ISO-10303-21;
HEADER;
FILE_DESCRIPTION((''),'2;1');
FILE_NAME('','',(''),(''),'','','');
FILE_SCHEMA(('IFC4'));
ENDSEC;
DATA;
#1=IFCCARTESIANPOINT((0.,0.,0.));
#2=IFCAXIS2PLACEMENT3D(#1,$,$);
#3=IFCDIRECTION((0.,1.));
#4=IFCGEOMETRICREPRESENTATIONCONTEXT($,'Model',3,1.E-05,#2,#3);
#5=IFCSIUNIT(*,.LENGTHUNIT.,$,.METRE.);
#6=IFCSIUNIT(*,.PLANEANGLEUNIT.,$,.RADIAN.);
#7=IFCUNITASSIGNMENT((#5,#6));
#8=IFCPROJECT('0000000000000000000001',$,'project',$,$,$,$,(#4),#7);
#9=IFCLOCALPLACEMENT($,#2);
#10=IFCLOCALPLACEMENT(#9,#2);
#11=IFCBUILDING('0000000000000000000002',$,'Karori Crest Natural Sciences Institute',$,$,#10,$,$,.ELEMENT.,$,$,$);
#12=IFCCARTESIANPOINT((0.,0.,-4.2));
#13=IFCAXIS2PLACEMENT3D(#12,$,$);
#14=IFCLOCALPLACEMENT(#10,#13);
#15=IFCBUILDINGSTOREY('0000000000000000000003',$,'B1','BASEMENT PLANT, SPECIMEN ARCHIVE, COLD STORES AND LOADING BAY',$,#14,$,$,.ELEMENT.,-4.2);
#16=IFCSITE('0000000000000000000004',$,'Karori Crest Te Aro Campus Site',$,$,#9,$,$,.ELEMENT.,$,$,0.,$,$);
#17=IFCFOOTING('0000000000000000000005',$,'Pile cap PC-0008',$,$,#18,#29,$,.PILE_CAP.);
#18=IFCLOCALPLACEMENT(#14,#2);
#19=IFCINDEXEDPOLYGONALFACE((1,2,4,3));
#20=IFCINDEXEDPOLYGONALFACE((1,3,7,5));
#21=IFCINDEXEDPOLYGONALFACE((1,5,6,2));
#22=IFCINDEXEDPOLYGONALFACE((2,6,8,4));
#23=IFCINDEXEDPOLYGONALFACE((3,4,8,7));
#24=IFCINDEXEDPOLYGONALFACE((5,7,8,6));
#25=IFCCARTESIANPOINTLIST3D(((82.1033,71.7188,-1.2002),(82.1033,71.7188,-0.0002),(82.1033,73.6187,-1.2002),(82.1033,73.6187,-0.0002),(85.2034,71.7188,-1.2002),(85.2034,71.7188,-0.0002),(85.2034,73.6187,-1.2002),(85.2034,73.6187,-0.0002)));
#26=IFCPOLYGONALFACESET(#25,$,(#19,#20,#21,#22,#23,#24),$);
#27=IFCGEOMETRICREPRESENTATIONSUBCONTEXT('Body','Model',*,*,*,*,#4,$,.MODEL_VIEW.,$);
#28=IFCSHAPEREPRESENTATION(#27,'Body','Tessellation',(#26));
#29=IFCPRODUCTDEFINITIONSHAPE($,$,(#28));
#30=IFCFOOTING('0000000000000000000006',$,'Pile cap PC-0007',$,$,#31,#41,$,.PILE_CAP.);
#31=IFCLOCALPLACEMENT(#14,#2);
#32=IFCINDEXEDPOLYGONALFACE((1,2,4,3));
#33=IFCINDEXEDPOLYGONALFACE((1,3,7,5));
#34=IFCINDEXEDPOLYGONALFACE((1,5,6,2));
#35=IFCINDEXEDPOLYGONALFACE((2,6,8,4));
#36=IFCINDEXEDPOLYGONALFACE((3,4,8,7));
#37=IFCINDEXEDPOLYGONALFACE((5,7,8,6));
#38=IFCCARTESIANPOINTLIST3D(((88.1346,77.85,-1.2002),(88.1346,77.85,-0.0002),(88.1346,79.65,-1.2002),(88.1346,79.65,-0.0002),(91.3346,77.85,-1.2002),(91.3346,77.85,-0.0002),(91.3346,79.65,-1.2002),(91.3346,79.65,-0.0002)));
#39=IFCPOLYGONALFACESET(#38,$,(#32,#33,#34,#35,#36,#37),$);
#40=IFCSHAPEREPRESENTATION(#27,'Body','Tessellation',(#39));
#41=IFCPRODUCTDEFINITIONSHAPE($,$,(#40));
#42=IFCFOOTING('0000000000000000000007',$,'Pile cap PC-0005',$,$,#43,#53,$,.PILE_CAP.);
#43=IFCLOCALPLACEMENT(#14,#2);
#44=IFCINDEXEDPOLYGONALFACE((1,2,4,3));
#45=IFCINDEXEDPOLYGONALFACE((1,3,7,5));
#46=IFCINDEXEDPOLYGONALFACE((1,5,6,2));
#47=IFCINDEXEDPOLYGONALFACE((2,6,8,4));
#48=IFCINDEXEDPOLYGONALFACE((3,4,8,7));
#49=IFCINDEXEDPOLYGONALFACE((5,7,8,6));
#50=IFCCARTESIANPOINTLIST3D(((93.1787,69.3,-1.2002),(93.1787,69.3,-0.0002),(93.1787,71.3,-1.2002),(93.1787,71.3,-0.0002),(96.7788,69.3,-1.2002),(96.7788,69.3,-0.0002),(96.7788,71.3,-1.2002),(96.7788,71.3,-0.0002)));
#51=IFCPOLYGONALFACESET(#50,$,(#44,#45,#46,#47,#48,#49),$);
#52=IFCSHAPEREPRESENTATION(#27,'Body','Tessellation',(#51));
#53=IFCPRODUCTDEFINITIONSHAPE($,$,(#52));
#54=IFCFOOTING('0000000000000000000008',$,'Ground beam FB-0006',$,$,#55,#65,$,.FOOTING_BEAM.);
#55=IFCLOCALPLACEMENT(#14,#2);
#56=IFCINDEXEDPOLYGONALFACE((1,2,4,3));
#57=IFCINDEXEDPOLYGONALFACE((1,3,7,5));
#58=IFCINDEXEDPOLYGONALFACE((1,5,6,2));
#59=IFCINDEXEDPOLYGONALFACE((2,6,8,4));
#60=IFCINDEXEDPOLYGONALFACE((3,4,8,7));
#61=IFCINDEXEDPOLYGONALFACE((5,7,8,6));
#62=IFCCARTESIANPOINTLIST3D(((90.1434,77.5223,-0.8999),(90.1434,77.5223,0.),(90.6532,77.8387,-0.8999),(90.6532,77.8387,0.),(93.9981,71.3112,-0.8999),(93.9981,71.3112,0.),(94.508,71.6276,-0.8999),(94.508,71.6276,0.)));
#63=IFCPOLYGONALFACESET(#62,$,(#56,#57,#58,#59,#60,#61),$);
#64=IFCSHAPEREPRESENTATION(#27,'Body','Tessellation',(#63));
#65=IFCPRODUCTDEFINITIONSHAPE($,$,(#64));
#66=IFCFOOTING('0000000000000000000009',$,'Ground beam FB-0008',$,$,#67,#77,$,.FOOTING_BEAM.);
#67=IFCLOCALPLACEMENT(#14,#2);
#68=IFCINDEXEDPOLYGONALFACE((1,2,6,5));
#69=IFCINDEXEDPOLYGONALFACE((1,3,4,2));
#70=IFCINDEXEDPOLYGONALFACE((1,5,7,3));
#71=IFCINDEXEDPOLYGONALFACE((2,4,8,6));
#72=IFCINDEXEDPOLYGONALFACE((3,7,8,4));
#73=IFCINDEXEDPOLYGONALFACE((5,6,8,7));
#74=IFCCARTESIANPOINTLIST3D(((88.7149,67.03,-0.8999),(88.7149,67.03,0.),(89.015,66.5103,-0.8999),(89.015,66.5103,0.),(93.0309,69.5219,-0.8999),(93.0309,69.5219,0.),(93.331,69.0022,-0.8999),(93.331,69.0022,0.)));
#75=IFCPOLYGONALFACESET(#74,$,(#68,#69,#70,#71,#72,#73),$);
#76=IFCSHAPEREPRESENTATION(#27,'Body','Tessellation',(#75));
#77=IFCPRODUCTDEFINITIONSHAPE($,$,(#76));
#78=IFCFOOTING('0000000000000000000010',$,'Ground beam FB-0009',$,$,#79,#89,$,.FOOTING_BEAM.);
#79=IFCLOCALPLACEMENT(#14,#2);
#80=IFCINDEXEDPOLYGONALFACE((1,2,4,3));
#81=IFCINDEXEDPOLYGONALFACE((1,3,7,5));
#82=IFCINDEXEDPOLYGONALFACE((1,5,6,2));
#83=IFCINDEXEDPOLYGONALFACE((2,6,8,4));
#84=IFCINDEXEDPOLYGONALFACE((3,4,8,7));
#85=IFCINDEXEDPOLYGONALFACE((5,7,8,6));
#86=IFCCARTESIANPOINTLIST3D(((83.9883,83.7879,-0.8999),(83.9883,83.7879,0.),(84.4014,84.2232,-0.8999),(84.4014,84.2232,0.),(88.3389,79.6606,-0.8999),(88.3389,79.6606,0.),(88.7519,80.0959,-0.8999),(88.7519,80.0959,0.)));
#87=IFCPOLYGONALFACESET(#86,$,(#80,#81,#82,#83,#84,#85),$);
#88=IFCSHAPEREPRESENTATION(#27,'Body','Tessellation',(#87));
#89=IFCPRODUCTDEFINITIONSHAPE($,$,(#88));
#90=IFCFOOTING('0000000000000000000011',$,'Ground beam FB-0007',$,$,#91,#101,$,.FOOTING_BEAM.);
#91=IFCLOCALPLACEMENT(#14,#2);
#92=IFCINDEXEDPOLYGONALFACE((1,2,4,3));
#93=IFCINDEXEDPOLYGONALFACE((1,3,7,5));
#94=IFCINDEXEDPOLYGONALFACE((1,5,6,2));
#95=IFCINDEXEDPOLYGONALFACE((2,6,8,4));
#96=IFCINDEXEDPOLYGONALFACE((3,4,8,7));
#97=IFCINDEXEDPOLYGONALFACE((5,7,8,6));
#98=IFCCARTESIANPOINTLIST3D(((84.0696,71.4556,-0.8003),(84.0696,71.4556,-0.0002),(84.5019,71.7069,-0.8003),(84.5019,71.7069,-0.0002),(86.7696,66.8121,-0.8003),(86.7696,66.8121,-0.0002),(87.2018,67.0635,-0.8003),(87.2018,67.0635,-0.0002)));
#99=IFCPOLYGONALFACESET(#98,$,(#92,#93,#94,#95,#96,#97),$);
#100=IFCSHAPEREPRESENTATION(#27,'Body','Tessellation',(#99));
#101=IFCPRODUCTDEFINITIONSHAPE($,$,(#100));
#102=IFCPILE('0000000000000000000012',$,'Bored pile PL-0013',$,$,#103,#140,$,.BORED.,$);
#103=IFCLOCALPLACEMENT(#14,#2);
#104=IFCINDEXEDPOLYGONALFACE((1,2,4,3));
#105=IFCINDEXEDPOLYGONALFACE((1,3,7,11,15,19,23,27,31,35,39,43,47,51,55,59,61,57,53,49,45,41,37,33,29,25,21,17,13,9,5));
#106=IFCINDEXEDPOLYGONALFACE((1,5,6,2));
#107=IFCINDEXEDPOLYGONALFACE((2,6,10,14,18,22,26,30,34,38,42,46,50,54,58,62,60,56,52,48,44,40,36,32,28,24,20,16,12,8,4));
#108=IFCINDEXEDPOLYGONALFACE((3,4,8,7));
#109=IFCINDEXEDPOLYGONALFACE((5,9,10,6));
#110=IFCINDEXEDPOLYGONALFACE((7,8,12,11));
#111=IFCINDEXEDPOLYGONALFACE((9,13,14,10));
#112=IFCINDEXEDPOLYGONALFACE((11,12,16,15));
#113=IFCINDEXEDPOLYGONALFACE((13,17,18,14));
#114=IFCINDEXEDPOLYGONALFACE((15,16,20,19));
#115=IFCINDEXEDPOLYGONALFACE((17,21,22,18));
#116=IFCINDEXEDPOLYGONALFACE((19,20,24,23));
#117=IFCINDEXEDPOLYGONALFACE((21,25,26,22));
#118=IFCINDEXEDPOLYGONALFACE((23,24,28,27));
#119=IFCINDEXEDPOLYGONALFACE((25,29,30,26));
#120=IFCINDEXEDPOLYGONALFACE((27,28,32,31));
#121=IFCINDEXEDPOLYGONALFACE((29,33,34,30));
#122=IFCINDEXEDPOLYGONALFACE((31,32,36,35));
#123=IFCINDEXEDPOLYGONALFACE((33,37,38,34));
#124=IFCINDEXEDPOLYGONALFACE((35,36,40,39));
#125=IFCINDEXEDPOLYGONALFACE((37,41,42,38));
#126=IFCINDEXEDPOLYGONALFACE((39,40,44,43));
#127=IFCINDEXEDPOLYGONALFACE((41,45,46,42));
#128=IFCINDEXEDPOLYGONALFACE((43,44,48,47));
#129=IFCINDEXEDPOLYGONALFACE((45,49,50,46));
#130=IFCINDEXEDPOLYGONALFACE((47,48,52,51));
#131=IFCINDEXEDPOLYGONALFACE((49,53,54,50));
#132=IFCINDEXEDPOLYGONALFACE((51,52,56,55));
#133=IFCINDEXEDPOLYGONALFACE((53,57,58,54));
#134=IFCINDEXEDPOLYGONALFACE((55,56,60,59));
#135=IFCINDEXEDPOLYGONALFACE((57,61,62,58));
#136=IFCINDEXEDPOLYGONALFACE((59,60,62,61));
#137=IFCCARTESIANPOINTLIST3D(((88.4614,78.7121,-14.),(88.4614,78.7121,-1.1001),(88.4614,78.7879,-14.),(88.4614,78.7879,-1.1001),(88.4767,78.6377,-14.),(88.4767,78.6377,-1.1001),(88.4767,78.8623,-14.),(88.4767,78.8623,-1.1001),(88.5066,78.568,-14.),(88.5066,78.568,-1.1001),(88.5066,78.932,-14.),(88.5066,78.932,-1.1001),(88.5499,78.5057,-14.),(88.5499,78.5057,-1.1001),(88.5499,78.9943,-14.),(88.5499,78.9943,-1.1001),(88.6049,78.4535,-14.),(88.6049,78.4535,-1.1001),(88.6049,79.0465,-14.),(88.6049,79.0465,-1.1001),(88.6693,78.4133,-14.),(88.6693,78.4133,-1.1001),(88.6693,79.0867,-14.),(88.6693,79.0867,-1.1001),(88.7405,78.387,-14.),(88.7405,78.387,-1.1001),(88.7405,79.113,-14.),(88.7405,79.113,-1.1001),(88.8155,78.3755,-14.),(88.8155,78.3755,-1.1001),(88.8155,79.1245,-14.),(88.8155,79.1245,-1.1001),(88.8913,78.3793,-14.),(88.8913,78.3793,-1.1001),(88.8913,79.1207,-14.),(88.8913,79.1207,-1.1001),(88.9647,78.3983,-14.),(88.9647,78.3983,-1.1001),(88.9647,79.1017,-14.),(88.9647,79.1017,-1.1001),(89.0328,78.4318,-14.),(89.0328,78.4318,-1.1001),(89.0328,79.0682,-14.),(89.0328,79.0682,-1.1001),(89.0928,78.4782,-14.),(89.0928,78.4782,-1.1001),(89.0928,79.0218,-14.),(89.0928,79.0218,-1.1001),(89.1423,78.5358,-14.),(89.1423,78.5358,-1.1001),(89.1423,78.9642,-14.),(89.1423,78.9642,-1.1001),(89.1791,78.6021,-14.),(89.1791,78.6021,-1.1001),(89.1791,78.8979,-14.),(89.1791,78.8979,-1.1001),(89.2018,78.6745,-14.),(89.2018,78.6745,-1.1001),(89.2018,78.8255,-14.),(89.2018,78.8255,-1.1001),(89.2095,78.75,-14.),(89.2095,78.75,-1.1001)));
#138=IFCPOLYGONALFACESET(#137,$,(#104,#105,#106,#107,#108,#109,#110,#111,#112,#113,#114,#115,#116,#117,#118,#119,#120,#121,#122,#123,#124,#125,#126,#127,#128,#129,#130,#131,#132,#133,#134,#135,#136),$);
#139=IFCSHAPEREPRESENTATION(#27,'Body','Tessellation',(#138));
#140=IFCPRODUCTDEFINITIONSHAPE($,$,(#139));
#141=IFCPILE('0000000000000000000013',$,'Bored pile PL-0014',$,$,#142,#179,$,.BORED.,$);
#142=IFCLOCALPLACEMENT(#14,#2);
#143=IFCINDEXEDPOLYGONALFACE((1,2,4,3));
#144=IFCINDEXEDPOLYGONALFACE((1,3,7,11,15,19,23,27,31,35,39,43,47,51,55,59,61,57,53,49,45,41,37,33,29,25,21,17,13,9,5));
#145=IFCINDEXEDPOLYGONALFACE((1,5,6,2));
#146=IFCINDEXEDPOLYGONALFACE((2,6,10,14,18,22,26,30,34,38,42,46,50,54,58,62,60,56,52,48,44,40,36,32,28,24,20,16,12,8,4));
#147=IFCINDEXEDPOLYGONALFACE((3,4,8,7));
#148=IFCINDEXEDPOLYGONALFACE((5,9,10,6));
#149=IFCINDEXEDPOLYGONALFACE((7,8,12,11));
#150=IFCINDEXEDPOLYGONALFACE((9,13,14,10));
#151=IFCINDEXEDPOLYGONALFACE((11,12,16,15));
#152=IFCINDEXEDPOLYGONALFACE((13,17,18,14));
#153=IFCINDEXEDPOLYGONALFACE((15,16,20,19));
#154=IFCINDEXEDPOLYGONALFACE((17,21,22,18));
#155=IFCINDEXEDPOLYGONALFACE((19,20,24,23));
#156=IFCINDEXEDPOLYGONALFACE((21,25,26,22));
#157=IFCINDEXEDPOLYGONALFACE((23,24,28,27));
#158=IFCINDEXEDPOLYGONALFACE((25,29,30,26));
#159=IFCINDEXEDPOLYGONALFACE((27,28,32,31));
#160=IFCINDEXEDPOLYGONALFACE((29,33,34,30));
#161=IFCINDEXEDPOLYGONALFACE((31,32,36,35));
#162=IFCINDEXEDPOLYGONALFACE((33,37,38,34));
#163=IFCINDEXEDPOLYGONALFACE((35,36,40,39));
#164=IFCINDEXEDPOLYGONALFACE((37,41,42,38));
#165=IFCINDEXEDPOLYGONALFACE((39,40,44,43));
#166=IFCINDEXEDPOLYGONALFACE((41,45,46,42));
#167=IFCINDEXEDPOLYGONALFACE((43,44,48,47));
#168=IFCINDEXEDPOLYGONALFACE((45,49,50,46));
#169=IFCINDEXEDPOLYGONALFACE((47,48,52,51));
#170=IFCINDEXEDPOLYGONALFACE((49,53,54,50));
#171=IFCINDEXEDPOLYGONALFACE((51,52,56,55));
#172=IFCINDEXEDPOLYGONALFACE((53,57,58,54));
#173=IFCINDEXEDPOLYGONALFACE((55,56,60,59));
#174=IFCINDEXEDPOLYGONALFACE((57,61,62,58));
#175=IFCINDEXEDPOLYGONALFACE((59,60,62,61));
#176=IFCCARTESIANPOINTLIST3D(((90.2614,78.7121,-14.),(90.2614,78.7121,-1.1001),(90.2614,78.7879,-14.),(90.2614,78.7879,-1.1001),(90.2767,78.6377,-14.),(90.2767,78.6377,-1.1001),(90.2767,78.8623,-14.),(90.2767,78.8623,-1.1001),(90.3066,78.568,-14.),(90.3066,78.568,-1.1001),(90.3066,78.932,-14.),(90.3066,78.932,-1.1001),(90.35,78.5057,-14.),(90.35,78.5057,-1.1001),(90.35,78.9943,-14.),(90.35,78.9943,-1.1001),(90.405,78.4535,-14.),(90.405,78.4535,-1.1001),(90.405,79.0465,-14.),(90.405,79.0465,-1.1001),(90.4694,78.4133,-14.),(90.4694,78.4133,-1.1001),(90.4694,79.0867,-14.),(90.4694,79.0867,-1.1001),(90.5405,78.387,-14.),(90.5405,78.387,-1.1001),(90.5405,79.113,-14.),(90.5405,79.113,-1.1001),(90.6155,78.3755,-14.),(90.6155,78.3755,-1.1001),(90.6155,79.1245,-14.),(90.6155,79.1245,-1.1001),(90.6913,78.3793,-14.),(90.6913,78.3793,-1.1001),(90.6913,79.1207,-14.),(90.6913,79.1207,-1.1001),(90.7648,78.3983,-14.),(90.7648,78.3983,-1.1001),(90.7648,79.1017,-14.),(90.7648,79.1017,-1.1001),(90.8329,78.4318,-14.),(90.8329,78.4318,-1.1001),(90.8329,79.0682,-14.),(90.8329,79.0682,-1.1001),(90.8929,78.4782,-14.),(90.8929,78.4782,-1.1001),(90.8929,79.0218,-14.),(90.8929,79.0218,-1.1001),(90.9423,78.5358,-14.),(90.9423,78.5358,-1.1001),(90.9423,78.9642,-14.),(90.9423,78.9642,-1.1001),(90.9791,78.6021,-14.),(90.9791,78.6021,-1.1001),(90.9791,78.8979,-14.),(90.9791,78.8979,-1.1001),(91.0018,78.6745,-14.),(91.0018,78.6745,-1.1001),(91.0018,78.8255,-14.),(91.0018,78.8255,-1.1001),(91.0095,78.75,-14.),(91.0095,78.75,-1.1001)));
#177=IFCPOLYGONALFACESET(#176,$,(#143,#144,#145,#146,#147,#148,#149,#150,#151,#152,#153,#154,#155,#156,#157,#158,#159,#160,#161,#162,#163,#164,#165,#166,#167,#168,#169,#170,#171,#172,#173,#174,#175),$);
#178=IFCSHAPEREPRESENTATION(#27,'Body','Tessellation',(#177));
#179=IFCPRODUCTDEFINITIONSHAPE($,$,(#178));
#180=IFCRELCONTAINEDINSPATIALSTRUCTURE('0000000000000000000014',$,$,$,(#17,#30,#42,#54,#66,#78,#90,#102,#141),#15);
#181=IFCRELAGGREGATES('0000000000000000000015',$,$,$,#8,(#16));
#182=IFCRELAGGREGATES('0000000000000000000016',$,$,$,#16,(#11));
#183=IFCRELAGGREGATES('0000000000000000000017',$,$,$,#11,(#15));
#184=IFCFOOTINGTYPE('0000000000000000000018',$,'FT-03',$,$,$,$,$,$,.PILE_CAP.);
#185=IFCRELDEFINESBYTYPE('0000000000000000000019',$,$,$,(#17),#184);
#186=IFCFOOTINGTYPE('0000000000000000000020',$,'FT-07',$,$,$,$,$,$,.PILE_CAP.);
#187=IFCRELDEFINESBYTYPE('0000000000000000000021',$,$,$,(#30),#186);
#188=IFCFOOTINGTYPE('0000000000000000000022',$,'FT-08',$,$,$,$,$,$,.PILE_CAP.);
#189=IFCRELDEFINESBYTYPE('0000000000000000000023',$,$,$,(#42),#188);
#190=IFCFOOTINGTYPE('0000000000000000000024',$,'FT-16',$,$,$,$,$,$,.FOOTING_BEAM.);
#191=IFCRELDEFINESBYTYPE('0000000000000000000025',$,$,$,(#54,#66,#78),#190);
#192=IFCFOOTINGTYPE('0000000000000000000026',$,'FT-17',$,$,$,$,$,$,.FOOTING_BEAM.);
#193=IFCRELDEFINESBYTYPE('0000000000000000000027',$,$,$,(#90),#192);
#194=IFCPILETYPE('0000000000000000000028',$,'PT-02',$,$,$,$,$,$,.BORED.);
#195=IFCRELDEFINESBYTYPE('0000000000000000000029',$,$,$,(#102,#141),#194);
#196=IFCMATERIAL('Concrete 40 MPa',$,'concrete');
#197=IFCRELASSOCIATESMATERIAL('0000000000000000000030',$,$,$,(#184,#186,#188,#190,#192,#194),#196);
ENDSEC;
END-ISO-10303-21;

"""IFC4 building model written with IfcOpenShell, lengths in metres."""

from ifc_helpers import new_model, si_unit, direction, frame, origin, origin_2d, place, context, subcontext, project, spatial, rectangle, circle, extrude, material, material_profile, profile_set, type_object, element, save


model = new_model("IFC4")

# Units and contexts
model_context = context("Model", 3, precision=1e-05, world=origin(), true_north=direction((0.0, 1.0)))
body_context = subcontext(model_context, "Body", "Model", "MODEL_VIEW")
ifc_project = project(units=[si_unit("LENGTHUNIT", "METRE"), si_unit("PLANEANGLEUNIT", "RADIAN")], contexts=[model_context])

# Site, building, storey
site_placement = place(None, origin())
site = spatial("IfcSite", under=ifc_project, at=site_placement, Name="Karori Crest Te Aro Campus Site", CompositionType="ELEMENT", RefElevation=0.0)
building_placement = place(site_placement, origin())
building = spatial("IfcBuilding", under=site, at=building_placement, Name="Karori Crest Natural Sciences Institute", CompositionType="ELEMENT")
storey_placement = place(building_placement, frame((0.0, 0.0, -4.2)))
storey = spatial("IfcBuildingStorey", under=building, at=storey_placement, Name="B1", Description="BASEMENT PLANT, SPECIMEN ARCHIVE, COLD STORES AND LOADING BAY", CompositionType="ELEMENT", Elevation=-4.2)

# Footings
ifc_material_1 = material(Name="Concrete 40 MPa", Category="concrete")
footing_type_1 = type_object("IfcFootingType", Name="FT-03", PredefinedType="PILE_CAP", material=ifc_material_1)
footing_1_placement = place(storey_placement, frame((83.6533, 72.6687, -1.2002), z_axis=(0.0, 0.0, 1.0), x_axis=(1.0, 0.0, 0.0)))
element("IfcFooting", 1, at=footing_1_placement, inside=storey, type_object=footing_type_1, Name="Pile cap PC-0008", PredefinedType="PILE_CAP", context=body_context, shape_type="SweptSolid", body=[
    extrude(rectangle(XDim=3.1001, YDim=1.8999, at=origin_2d()), origin(), (0.0, 0.0, 1.0), 1.2),
])
footing_type_2 = type_object("IfcFootingType", Name="FT-07", PredefinedType="PILE_CAP", material=ifc_material_1)
footing_2_placement = place(storey_placement, frame((89.7346, 78.75, -1.2002), z_axis=(0.0, 0.0, 1.0), x_axis=(1.0, 0.0, 0.0)))
element("IfcFooting", 2, at=footing_2_placement, inside=storey, type_object=footing_type_2, Name="Pile cap PC-0007", PredefinedType="PILE_CAP", context=body_context, shape_type="SweptSolid", body=[
    extrude(rectangle(XDim=3.2, YDim=1.8, at=origin_2d()), origin(), (0.0, 0.0, 1.0), 1.2),
])
footing_type_3 = type_object("IfcFootingType", Name="FT-08", PredefinedType="PILE_CAP", material=ifc_material_1)
footing_3_placement = place(storey_placement, frame((94.9788, 70.3, -1.2002), z_axis=(0.0, 0.0, 1.0), x_axis=(1.0, 0.0, 0.0)))
element("IfcFooting", 3, at=footing_3_placement, inside=storey, type_object=footing_type_3, Name="Pile cap PC-0005", PredefinedType="PILE_CAP", context=body_context, shape_type="SweptSolid", body=[
    extrude(rectangle(XDim=3.6001, YDim=2.0, at=origin_2d()), origin(), (0.0, 0.0, 1.0), 1.2),
])
footing_type_4 = type_object("IfcFootingType", Name="FT-16", PredefinedType="FOOTING_BEAM", material=ifc_material_1)
footing_4_placement = place(storey_placement, frame((92.3257, 74.575, -0.8999), z_axis=(0.0, 0.0, 1.0), x_axis=(-0.527325, 0.849664, 0.0)))
element("IfcFooting", 4, at=footing_4_placement, inside=storey, type_object=footing_type_4, Name="Ground beam FB-0006", PredefinedType="FOOTING_BEAM", context=body_context, shape_type="SweptSolid", body=[
    extrude(rectangle(XDim=7.3101, YDim=0.6001, at=origin_2d()), origin(), (0.0, 0.0, 1.0), 0.8999),
])
footing_5_placement = place(storey_placement, frame((91.0229, 68.0161, -0.8999), z_axis=(0.0, 0.0, 1.0), x_axis=(0.866025, 0.500002, 0.0)))
element("IfcFooting", 5, at=footing_5_placement, inside=storey, type_object=footing_type_4, Name="Ground beam FB-0008", PredefinedType="FOOTING_BEAM", context=body_context, shape_type="SweptSolid", body=[
    extrude(rectangle(XDim=4.9836, YDim=0.6001, at=origin_2d()), origin(), (0.0, 0.0, 1.0), 0.8999),
])
footing_6_placement = place(storey_placement, frame((86.3701, 81.9419, -0.8999), z_axis=(0.0, 0.0, 1.0), x_axis=(-0.725475, 0.688248, 0.0)))
element("IfcFooting", 6, at=footing_6_placement, inside=storey, type_object=footing_type_4, Name="Ground beam FB-0009", PredefinedType="FOOTING_BEAM", context=body_context, shape_type="SweptSolid", body=[
    extrude(rectangle(XDim=5.9968, YDim=0.6001, at=origin_2d()), origin(), (0.0, 0.0, 1.0), 0.8999),
])
footing_type_5 = type_object("IfcFootingType", Name="FT-17", PredefinedType="FOOTING_BEAM", material=ifc_material_1)
footing_7_placement = place(storey_placement, frame((85.6357, 69.2595, -0.8003), z_axis=(0.0, 0.0, 1.0), x_axis=(-0.502658, 0.864485, 0.0)))
element("IfcFooting", 7, at=footing_7_placement, inside=storey, type_object=footing_type_5, Name="Ground beam FB-0007", PredefinedType="FOOTING_BEAM", context=body_context, shape_type="SweptSolid", body=[
    extrude(rectangle(XDim=5.3713, YDim=0.5, at=origin_2d()), origin(), (0.0, 0.0, 1.0), 0.8),
])

# Piles
ifc_material_profile_1 = material_profile(ifc_material_1, circle(Radius=0.375, at=origin_2d()), Name="PILE750")
ifc_profile_set_1 = profile_set([ifc_material_profile_1], Name="Concrete 40 MPa")
pile_type_1 = type_object("IfcPileType", Name="PT-02", PredefinedType="BORED", material=ifc_profile_set_1)
for number, where, z_axis, x_axis, name in (
    (8, (88.8345, 78.75, -1.1001), (0.0, 0.0, -1.0), (1.0, 0.0, 0.0), "Bored pile PL-0013"),
    (9, (90.6345, 78.75, -1.1001), (0.0, 0.0, -1.0), (1.0, 0.0, 0.0), "Bored pile PL-0014"),
):
    element("IfcPile", number, at=place(storey_placement, frame(where, z_axis=z_axis, x_axis=x_axis)), inside=storey, type_object=pile_type_1, Name=name, PredefinedType="BORED", context=body_context, shape_type="SweptSolid", body=[
        extrude(circle(Radius=0.375, at=origin_2d()), origin(), (0.0, 0.0, 1.0), 12.8999),
    ])

save(model, "model.ifc")
